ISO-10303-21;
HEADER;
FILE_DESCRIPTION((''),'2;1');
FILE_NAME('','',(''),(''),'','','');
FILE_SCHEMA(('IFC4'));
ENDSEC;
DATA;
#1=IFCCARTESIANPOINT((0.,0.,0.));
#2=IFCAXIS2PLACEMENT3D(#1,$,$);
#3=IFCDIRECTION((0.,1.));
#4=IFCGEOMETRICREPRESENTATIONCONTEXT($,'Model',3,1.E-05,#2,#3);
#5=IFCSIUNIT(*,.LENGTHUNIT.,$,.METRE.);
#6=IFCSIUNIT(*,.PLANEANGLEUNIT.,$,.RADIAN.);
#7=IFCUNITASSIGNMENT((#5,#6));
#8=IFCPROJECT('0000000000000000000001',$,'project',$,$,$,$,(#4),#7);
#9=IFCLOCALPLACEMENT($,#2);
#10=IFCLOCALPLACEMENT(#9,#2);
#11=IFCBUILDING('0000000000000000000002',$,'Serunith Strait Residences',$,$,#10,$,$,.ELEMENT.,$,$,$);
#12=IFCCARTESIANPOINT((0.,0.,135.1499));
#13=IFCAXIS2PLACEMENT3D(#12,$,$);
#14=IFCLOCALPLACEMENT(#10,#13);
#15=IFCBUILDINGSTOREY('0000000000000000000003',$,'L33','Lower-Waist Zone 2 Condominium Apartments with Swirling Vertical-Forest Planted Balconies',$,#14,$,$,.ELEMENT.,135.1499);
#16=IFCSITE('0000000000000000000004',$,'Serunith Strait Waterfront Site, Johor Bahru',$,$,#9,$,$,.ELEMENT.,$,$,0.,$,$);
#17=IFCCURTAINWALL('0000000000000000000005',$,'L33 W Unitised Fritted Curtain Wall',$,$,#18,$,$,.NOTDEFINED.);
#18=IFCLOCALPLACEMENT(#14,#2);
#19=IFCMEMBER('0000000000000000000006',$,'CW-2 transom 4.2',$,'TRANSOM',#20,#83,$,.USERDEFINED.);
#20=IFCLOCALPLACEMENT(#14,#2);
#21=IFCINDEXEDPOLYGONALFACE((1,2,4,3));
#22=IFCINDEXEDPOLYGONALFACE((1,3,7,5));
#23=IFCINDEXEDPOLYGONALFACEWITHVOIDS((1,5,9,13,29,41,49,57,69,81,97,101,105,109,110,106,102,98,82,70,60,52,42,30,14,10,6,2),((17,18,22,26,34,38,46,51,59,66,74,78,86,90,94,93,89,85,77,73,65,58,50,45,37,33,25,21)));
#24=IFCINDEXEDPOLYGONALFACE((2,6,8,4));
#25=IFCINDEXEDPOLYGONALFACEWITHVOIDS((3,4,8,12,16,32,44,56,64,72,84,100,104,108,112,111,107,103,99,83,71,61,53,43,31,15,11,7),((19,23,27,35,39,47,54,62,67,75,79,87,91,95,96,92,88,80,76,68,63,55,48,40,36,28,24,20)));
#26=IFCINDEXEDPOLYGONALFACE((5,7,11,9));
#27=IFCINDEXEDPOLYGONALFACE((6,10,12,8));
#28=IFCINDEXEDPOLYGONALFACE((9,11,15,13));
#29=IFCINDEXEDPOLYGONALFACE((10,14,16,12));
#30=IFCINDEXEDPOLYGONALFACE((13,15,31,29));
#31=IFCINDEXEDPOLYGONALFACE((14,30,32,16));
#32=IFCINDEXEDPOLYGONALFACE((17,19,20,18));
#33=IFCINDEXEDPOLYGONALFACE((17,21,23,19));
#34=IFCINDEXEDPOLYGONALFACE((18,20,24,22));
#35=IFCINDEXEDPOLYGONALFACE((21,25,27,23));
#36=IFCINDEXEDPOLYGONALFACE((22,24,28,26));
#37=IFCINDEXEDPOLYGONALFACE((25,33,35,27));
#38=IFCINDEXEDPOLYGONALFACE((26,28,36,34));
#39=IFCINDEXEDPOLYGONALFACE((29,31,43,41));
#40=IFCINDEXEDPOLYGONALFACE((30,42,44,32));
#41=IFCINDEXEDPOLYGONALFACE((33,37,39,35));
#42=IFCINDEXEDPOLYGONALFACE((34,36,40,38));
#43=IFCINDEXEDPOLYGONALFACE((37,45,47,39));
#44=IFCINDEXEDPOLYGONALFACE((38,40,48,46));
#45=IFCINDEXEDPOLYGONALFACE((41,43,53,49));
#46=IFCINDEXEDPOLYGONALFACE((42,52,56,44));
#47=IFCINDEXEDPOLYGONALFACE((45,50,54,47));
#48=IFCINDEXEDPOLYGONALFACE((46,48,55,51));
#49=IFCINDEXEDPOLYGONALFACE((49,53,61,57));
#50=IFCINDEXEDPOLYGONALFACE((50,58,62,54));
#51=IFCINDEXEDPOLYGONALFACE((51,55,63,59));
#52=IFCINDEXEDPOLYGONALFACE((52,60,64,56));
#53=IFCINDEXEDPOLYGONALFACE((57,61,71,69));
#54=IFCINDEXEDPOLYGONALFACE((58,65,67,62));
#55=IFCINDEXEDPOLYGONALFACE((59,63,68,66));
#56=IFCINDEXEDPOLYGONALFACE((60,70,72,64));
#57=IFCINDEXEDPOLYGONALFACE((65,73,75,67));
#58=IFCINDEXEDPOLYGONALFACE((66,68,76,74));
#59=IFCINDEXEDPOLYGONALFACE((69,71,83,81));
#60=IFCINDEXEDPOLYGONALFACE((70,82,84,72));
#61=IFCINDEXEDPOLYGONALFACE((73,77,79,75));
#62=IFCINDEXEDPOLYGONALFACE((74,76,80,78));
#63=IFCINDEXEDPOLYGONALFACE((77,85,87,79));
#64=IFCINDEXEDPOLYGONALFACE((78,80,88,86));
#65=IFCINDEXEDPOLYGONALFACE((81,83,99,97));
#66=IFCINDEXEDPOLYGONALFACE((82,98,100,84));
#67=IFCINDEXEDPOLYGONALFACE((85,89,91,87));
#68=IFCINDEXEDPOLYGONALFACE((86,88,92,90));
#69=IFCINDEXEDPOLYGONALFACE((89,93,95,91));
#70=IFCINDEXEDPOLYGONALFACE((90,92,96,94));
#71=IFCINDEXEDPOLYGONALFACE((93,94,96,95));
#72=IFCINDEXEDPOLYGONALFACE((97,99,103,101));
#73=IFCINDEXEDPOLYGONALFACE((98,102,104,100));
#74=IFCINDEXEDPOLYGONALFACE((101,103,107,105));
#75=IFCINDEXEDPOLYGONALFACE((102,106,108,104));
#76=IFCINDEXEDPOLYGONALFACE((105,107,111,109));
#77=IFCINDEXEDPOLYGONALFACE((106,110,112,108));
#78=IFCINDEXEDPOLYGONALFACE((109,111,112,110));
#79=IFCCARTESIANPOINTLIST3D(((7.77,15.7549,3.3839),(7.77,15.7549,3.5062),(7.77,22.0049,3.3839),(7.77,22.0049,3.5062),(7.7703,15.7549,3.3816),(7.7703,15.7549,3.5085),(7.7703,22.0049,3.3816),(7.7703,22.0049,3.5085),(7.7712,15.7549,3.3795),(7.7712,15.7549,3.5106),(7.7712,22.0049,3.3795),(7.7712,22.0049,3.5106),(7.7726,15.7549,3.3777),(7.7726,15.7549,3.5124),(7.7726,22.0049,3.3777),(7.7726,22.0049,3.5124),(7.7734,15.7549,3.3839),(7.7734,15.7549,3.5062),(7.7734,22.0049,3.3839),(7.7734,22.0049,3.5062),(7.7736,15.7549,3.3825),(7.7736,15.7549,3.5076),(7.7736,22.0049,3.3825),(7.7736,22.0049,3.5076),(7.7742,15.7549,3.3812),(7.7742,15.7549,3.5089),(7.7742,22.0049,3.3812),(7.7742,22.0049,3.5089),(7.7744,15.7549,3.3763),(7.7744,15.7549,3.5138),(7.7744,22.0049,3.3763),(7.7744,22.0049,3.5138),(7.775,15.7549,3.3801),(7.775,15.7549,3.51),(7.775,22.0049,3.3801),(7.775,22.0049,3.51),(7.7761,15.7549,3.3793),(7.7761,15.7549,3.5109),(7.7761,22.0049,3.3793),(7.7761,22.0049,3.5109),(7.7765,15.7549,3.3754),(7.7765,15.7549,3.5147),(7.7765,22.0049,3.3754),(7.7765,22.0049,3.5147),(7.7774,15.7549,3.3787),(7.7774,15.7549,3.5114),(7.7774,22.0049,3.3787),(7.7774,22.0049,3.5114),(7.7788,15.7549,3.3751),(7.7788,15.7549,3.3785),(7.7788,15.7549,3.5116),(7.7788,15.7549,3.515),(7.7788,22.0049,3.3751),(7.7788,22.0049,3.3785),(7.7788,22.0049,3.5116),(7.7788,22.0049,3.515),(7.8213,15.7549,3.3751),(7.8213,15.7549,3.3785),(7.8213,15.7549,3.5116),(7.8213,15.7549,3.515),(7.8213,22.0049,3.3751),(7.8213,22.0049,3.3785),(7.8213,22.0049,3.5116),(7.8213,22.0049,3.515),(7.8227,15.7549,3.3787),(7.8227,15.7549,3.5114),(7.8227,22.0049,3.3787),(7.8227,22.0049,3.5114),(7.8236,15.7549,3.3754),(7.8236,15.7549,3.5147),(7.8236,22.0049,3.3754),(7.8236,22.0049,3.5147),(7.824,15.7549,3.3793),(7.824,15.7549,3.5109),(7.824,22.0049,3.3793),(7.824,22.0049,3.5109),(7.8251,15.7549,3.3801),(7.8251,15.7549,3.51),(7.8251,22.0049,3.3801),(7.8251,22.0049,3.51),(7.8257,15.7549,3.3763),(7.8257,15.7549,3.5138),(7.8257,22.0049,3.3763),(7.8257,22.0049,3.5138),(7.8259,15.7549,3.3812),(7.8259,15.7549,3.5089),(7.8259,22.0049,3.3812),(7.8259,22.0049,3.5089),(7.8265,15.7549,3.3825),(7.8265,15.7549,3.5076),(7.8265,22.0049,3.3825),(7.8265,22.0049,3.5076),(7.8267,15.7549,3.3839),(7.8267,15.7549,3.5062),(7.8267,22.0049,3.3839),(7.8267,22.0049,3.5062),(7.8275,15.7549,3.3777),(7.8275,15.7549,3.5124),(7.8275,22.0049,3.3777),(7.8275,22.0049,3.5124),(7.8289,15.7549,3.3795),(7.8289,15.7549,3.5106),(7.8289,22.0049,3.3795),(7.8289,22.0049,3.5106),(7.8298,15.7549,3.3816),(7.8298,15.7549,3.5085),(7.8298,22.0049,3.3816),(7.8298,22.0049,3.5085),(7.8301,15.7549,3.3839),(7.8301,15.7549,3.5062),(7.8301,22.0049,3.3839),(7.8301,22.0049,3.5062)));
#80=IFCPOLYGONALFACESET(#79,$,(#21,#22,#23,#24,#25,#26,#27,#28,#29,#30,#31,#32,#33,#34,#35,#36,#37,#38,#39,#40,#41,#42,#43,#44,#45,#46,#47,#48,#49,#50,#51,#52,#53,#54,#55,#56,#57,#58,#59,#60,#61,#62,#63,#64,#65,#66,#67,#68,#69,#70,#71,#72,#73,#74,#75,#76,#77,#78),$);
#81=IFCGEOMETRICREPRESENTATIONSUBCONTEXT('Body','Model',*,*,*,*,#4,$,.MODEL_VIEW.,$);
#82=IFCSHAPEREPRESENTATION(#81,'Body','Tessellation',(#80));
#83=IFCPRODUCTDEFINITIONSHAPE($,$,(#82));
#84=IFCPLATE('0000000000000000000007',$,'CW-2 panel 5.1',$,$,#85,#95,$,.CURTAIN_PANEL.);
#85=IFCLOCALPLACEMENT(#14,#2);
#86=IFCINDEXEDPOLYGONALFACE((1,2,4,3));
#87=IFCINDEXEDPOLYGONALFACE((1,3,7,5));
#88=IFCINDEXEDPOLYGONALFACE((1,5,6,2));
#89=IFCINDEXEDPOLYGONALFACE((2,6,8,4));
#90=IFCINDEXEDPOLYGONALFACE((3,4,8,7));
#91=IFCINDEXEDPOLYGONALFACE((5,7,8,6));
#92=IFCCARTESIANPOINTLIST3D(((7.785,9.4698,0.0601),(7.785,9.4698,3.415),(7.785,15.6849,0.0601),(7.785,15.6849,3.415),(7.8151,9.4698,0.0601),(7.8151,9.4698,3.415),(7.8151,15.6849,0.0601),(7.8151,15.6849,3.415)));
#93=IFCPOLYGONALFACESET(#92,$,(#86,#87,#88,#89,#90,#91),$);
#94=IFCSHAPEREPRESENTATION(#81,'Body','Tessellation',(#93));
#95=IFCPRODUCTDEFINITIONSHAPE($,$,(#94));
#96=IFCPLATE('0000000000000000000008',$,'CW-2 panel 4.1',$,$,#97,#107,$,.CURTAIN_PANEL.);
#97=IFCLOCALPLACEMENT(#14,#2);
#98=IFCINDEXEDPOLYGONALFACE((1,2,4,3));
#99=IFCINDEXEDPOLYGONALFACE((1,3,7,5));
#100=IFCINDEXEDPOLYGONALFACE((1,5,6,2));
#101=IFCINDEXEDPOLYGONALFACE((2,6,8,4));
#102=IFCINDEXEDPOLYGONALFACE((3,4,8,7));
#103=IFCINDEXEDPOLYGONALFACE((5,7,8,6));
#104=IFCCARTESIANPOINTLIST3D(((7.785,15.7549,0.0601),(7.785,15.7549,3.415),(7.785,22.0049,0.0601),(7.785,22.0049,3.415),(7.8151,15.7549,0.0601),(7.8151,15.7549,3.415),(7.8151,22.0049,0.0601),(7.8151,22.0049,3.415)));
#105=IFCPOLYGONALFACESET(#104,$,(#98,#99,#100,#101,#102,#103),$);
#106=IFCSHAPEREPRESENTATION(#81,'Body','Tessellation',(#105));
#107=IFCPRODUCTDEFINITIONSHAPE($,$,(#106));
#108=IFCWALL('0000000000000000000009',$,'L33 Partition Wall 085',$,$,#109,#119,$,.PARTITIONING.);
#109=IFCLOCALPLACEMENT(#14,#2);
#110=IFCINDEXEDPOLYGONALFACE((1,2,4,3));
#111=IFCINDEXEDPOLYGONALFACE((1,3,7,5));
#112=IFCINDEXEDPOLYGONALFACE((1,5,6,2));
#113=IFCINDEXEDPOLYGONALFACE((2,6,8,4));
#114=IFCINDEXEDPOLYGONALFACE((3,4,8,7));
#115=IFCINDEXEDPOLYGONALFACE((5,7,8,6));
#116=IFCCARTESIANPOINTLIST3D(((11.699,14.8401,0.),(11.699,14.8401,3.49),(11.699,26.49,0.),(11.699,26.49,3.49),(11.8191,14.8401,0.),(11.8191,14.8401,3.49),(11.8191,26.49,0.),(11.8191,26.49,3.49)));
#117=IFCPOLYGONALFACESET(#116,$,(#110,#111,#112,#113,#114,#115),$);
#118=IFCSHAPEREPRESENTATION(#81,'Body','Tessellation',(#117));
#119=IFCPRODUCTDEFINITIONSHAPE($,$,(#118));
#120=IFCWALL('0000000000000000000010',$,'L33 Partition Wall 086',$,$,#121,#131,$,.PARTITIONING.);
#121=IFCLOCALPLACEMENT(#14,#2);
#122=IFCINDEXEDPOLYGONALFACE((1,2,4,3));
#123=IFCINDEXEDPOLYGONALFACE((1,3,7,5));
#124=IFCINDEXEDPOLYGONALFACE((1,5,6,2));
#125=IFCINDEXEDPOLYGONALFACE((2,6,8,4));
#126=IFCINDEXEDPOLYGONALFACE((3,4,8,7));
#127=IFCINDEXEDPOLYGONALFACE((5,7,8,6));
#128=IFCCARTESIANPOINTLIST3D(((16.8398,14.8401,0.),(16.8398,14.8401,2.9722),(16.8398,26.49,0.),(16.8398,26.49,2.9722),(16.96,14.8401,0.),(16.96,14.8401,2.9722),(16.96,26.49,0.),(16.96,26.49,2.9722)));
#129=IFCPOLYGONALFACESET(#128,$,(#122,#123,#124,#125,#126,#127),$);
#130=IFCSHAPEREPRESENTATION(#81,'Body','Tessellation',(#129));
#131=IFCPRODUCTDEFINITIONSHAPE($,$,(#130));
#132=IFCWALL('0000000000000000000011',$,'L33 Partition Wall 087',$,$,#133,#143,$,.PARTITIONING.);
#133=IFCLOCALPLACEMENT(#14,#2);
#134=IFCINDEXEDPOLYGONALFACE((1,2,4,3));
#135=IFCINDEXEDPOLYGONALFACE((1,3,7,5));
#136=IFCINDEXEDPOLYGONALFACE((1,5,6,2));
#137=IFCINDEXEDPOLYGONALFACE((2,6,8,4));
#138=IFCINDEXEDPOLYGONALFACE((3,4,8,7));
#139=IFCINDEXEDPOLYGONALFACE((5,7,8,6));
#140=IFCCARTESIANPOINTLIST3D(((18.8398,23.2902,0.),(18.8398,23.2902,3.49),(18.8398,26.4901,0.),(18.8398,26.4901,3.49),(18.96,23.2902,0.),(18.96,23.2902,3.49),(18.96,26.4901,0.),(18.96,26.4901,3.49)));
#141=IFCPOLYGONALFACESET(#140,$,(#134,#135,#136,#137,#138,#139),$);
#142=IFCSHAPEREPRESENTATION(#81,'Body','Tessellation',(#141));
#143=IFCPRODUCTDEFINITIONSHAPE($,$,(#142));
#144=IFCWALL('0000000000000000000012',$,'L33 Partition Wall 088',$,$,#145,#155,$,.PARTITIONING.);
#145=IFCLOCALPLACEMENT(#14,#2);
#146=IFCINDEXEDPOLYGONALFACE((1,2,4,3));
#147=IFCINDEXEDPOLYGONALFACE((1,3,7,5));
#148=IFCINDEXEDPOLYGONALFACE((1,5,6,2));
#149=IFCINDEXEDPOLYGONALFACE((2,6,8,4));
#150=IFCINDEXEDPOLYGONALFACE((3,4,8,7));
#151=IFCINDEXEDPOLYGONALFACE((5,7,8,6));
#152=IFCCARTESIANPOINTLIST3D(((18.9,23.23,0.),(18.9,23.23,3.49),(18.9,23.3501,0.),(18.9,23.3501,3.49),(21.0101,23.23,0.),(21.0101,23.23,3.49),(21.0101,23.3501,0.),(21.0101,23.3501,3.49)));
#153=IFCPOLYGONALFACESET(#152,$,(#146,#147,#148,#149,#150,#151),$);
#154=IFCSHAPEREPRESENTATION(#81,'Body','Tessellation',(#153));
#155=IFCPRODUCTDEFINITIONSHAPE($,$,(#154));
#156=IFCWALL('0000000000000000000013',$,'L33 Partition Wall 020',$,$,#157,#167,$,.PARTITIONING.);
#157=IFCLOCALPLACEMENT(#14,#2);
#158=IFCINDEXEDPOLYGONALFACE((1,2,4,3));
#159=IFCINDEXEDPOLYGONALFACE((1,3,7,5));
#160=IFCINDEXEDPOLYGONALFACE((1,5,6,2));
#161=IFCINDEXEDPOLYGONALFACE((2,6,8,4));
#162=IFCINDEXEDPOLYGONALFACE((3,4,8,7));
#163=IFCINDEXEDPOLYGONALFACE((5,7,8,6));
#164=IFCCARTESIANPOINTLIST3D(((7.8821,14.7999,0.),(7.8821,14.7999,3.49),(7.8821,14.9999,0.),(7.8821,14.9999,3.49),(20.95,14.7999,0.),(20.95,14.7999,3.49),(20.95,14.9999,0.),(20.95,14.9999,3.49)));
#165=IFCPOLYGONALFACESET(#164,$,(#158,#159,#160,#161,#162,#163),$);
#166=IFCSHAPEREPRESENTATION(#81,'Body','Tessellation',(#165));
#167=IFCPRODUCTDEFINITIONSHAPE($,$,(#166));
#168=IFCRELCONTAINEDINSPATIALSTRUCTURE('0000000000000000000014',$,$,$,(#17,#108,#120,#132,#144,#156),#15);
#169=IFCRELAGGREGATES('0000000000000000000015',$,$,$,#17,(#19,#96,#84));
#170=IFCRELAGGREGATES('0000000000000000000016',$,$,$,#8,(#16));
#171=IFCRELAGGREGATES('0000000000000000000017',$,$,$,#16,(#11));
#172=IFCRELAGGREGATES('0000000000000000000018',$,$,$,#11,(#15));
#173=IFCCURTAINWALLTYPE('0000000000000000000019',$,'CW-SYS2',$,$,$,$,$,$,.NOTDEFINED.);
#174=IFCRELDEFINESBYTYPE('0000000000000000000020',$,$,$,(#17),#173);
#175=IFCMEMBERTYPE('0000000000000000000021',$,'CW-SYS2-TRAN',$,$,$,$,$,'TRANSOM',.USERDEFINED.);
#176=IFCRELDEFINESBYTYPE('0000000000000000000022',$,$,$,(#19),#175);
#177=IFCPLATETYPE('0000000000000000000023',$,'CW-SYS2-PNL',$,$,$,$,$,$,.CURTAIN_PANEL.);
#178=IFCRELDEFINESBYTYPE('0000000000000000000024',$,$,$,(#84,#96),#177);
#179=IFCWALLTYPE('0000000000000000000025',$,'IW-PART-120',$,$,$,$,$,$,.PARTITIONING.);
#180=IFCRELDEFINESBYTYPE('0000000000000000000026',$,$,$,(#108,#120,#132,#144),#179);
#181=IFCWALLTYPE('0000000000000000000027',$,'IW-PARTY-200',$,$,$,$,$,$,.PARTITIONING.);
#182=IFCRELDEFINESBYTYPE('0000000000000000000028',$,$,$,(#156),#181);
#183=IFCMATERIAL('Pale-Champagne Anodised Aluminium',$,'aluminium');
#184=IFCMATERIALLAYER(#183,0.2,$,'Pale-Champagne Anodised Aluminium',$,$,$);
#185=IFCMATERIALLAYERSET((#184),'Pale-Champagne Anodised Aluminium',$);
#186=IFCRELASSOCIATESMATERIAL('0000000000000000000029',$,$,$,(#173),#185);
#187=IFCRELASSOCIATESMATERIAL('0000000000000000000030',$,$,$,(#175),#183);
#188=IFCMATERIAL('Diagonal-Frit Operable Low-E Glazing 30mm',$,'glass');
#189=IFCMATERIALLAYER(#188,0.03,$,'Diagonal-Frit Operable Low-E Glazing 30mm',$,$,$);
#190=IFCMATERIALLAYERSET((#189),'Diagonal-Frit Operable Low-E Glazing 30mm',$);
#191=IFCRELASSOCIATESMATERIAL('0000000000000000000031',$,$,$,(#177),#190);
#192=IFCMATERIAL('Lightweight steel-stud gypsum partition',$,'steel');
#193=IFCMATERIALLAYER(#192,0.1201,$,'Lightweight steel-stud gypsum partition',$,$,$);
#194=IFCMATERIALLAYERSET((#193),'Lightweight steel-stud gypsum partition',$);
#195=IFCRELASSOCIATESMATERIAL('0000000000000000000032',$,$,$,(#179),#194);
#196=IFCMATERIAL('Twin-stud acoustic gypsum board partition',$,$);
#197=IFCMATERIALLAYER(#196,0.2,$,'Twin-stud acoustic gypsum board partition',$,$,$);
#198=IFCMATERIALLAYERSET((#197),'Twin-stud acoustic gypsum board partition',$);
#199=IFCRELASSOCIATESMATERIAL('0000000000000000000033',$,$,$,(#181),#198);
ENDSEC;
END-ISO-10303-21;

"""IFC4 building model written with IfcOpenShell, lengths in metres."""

from ifc_helpers import new_model, si_unit, direction, frame, frame_2d, origin, origin_2d, place, context, subcontext, project, spatial, rectangle, hollow_rectangle, extrude, source, transform, mapped, material, layer, layer_set, material_profile, profile_set, type_object, element, aggregate, save


model = new_model("IFC4")

# Units and contexts
model_context = context("Model", 3, precision=1e-05, world=origin(), true_north=direction((0.0, 1.0)))
body_context = subcontext(model_context, "Body", "Model", "MODEL_VIEW")
ifc_project = project(units=[si_unit("LENGTHUNIT", "METRE"), si_unit("PLANEANGLEUNIT", "RADIAN")], contexts=[model_context])

# Site, building, storey
site_placement = place(None, origin())
site = spatial("IfcSite", under=ifc_project, at=site_placement, Name="Serunith Strait Waterfront Site, Johor Bahru", CompositionType="ELEMENT", RefElevation=0.0)
building_placement = place(site_placement, origin())
building = spatial("IfcBuilding", under=site, at=building_placement, Name="Serunith Strait Residences", CompositionType="ELEMENT")
storey_placement = place(building_placement, frame((0.0, 0.0, 135.1499)))
storey = spatial("IfcBuildingStorey", under=building, at=storey_placement, Name="L33", Description="Lower-Waist Zone 2 Condominium Apartments with Swirling Vertical-Forest Planted Balconies", CompositionType="ELEMENT", Elevation=135.1499)

# Curtain wall, member, plates
ifc_material_1 = material(Name="Pale-Champagne Anodised Aluminium", Category="aluminium")
ifc_layer_1 = layer(ifc_material_1, 0.2, Name="Pale-Champagne Anodised Aluminium")
ifc_layer_set_1 = layer_set([ifc_layer_1], Name="Pale-Champagne Anodised Aluminium")
curtain_wall_type = type_object("IfcCurtainWallType", Name="CW-SYS2", PredefinedType="NOTDEFINED", material=ifc_layer_set_1)
curtain_wall_placement = place(storey_placement, origin())
curtain_wall = element("IfcCurtainWall", 1, at=curtain_wall_placement, inside=storey, type_object=curtain_wall_type, Name="L33 W Unitised Fritted Curtain Wall", PredefinedType="NOTDEFINED")
ifc_material_profile_1 = material_profile(ifc_material_1, hollow_rectangle(XDim=0.0601, YDim=0.1399, WallThickness=0.0034, InnerFilletRadius=0.0054, OuterFilletRadius=0.0088, at=origin_2d()), Name="ALU 140x60x3.5")
ifc_profile_set_1 = profile_set([ifc_material_profile_1], Name="Pale-Champagne Anodised Aluminium")
member_type_1 = type_object("IfcMemberType", Name="CW-SYS2-TRAN", ElementType="TRANSOM", PredefinedType="USERDEFINED", material=ifc_profile_set_1)
shared_shape_1 = source(origin(), body_context, "Body", "SweptSolid", [
    extrude(hollow_rectangle(XDim=0.0601, YDim=0.1399, WallThickness=0.0034, InnerFilletRadius=0.0054, OuterFilletRadius=0.0088, at=origin_2d()), origin(), (0.0, 0.0, 1.0), 6.25),
])
member_1_placement = place(storey_placement, frame((7.8, 22.0049, 3.4451), z_axis=(0.0, -1.0, 0.0), x_axis=(1.0, 0.0, 0.0)))
member_1 = element("IfcMember", 2, at=member_1_placement, type_object=member_type_1, Name="CW-2 transom 4.2", ObjectType="TRANSOM", PredefinedType="USERDEFINED", context=body_context, shape_type="MappedRepresentation", body=[
    mapped(shared_shape_1, transform((0.0, 0.0, 0.0), scale=1.0)),
])
ifc_material_2 = material(Name="Diagonal-Frit Operable Low-E Glazing 30mm", Category="glass")
ifc_layer_2 = layer(ifc_material_2, 0.03, Name="Diagonal-Frit Operable Low-E Glazing 30mm")
ifc_layer_set_2 = layer_set([ifc_layer_2], Name="Diagonal-Frit Operable Low-E Glazing 30mm")
plate_type = type_object("IfcPlateType", Name="CW-SYS2-PNL", PredefinedType="CURTAIN_PANEL", material=ifc_layer_set_2)
shared_shape_2 = source(origin(), body_context, "Body", "SweptSolid", [
    extrude(rectangle(XDim=6.2151, YDim=0.03, at=origin_2d()), origin(), (0.0, 0.0, 1.0), 3.355),
])
plate_1_placement = place(storey_placement, frame((7.8, 12.5774, 0.0601), z_axis=(0.0, 0.0, 1.0), x_axis=(0.0, -1.0, 0.0)))
plate_1 = element("IfcPlate", 3, at=plate_1_placement, type_object=plate_type, Name="CW-2 panel 5.1", PredefinedType="CURTAIN_PANEL", context=body_context, shape_type="MappedRepresentation", body=[
    mapped(shared_shape_2, transform((0.0, 0.0, 0.0), scale=1.0)),
])
shared_shape_3 = source(origin(), body_context, "Body", "SweptSolid", [
    extrude(rectangle(XDim=6.25, YDim=0.03, at=origin_2d()), origin(), (0.0, 0.0, 1.0), 3.355),
])
plate_2_placement = place(storey_placement, frame((7.8, 18.8799, 0.0601), z_axis=(0.0, 0.0, 1.0), x_axis=(0.0, -1.0, 0.0)))
plate_2 = element("IfcPlate", 4, at=plate_2_placement, type_object=plate_type, Name="CW-2 panel 4.1", PredefinedType="CURTAIN_PANEL", context=body_context, shape_type="MappedRepresentation", body=[
    mapped(shared_shape_3, transform((0.0, 0.0, 0.0), scale=1.0)),
])
aggregate(curtain_wall, [member_1, plate_2, plate_1])

# Walls
ifc_material_3 = material(Name="Lightweight steel-stud gypsum partition", Category="steel")
ifc_layer_3 = layer(ifc_material_3, 0.1201, Name="Lightweight steel-stud gypsum partition")
ifc_layer_set_3 = layer_set([ifc_layer_3], Name="Lightweight steel-stud gypsum partition")
wall_type_1 = type_object("IfcWallType", Name="IW-PART-120", PredefinedType="PARTITIONING", material=ifc_layer_set_3)
wall_1_placement = place(storey_placement, frame((11.759, 14.8401, 0.0), z_axis=(0.0, 0.0, 1.0), x_axis=(0.0, 1.0, 0.0)))
element("IfcWall", 5, at=wall_1_placement, inside=storey, type_object=wall_type_1, Name="L33 Partition Wall 085", PredefinedType="PARTITIONING", context=body_context, shape_type="SweptSolid", body=[
    extrude(rectangle(XDim=11.6499, YDim=0.1201, at=frame_2d((5.825, 0.0))), origin(), (0.0, 0.0, 1.0), 3.49),
])
wall_2_placement = place(storey_placement, frame((16.8999, 14.8401, 0.0), z_axis=(0.0, 0.0, 1.0), x_axis=(0.0, 1.0, 0.0)))
element("IfcWall", 6, at=wall_2_placement, inside=storey, type_object=wall_type_1, Name="L33 Partition Wall 086", PredefinedType="PARTITIONING", context=body_context, shape_type="SweptSolid", body=[
    extrude(rectangle(XDim=11.6499, YDim=0.1201, at=frame_2d((5.825, 0.0))), origin(), (0.0, 0.0, 1.0), 2.9722),
])
wall_3_placement = place(storey_placement, frame((18.8999, 23.29, 0.0), z_axis=(0.0, 0.0, 1.0), x_axis=(0.0, 1.0, 0.0)))
element("IfcWall", 7, at=wall_3_placement, inside=storey, type_object=wall_type_1, Name="L33 Partition Wall 087", PredefinedType="PARTITIONING", context=body_context, shape_type="SweptSolid", body=[
    extrude(rectangle(XDim=3.2, YDim=0.1201, at=frame_2d((1.6001, 0.0))), origin(), (0.0, 0.0, 1.0), 3.49),
])
wall_4_placement = place(storey_placement, frame((18.8999, 23.29, 0.0), z_axis=(0.0, 0.0, 1.0), x_axis=(1.0, 0.0, 0.0)))
element("IfcWall", 8, at=wall_4_placement, inside=storey, type_object=wall_type_1, Name="L33 Partition Wall 088", PredefinedType="PARTITIONING", context=body_context, shape_type="SweptSolid", body=[
    extrude(rectangle(XDim=2.1101, YDim=0.1201, at=frame_2d((1.0552, 0.0))), origin(), (0.0, 0.0, 1.0), 3.49),
])
ifc_material_4 = material(Name="Twin-stud acoustic gypsum board partition")
ifc_layer_4 = layer(ifc_material_4, 0.2, Name="Twin-stud acoustic gypsum board partition")
ifc_layer_set_4 = layer_set([ifc_layer_4], Name="Twin-stud acoustic gypsum board partition")
wall_type_2 = type_object("IfcWallType", Name="IW-PARTY-200", PredefinedType="PARTITIONING", material=ifc_layer_set_4)
wall_5_placement = place(storey_placement, frame((7.8821, 14.8999, 0.0), z_axis=(0.0, 0.0, 1.0), x_axis=(1.0, 0.0, 0.0)))
element("IfcWall", 9, at=wall_5_placement, inside=storey, type_object=wall_type_2, Name="L33 Partition Wall 020", PredefinedType="PARTITIONING", context=body_context, shape_type="SweptSolid", body=[
    extrude(rectangle(XDim=13.0679, YDim=0.2, at=frame_2d((6.5339, 0.0))), origin(), (0.0, 0.0, 1.0), 3.49),
])

save(model, "model.ifc")
